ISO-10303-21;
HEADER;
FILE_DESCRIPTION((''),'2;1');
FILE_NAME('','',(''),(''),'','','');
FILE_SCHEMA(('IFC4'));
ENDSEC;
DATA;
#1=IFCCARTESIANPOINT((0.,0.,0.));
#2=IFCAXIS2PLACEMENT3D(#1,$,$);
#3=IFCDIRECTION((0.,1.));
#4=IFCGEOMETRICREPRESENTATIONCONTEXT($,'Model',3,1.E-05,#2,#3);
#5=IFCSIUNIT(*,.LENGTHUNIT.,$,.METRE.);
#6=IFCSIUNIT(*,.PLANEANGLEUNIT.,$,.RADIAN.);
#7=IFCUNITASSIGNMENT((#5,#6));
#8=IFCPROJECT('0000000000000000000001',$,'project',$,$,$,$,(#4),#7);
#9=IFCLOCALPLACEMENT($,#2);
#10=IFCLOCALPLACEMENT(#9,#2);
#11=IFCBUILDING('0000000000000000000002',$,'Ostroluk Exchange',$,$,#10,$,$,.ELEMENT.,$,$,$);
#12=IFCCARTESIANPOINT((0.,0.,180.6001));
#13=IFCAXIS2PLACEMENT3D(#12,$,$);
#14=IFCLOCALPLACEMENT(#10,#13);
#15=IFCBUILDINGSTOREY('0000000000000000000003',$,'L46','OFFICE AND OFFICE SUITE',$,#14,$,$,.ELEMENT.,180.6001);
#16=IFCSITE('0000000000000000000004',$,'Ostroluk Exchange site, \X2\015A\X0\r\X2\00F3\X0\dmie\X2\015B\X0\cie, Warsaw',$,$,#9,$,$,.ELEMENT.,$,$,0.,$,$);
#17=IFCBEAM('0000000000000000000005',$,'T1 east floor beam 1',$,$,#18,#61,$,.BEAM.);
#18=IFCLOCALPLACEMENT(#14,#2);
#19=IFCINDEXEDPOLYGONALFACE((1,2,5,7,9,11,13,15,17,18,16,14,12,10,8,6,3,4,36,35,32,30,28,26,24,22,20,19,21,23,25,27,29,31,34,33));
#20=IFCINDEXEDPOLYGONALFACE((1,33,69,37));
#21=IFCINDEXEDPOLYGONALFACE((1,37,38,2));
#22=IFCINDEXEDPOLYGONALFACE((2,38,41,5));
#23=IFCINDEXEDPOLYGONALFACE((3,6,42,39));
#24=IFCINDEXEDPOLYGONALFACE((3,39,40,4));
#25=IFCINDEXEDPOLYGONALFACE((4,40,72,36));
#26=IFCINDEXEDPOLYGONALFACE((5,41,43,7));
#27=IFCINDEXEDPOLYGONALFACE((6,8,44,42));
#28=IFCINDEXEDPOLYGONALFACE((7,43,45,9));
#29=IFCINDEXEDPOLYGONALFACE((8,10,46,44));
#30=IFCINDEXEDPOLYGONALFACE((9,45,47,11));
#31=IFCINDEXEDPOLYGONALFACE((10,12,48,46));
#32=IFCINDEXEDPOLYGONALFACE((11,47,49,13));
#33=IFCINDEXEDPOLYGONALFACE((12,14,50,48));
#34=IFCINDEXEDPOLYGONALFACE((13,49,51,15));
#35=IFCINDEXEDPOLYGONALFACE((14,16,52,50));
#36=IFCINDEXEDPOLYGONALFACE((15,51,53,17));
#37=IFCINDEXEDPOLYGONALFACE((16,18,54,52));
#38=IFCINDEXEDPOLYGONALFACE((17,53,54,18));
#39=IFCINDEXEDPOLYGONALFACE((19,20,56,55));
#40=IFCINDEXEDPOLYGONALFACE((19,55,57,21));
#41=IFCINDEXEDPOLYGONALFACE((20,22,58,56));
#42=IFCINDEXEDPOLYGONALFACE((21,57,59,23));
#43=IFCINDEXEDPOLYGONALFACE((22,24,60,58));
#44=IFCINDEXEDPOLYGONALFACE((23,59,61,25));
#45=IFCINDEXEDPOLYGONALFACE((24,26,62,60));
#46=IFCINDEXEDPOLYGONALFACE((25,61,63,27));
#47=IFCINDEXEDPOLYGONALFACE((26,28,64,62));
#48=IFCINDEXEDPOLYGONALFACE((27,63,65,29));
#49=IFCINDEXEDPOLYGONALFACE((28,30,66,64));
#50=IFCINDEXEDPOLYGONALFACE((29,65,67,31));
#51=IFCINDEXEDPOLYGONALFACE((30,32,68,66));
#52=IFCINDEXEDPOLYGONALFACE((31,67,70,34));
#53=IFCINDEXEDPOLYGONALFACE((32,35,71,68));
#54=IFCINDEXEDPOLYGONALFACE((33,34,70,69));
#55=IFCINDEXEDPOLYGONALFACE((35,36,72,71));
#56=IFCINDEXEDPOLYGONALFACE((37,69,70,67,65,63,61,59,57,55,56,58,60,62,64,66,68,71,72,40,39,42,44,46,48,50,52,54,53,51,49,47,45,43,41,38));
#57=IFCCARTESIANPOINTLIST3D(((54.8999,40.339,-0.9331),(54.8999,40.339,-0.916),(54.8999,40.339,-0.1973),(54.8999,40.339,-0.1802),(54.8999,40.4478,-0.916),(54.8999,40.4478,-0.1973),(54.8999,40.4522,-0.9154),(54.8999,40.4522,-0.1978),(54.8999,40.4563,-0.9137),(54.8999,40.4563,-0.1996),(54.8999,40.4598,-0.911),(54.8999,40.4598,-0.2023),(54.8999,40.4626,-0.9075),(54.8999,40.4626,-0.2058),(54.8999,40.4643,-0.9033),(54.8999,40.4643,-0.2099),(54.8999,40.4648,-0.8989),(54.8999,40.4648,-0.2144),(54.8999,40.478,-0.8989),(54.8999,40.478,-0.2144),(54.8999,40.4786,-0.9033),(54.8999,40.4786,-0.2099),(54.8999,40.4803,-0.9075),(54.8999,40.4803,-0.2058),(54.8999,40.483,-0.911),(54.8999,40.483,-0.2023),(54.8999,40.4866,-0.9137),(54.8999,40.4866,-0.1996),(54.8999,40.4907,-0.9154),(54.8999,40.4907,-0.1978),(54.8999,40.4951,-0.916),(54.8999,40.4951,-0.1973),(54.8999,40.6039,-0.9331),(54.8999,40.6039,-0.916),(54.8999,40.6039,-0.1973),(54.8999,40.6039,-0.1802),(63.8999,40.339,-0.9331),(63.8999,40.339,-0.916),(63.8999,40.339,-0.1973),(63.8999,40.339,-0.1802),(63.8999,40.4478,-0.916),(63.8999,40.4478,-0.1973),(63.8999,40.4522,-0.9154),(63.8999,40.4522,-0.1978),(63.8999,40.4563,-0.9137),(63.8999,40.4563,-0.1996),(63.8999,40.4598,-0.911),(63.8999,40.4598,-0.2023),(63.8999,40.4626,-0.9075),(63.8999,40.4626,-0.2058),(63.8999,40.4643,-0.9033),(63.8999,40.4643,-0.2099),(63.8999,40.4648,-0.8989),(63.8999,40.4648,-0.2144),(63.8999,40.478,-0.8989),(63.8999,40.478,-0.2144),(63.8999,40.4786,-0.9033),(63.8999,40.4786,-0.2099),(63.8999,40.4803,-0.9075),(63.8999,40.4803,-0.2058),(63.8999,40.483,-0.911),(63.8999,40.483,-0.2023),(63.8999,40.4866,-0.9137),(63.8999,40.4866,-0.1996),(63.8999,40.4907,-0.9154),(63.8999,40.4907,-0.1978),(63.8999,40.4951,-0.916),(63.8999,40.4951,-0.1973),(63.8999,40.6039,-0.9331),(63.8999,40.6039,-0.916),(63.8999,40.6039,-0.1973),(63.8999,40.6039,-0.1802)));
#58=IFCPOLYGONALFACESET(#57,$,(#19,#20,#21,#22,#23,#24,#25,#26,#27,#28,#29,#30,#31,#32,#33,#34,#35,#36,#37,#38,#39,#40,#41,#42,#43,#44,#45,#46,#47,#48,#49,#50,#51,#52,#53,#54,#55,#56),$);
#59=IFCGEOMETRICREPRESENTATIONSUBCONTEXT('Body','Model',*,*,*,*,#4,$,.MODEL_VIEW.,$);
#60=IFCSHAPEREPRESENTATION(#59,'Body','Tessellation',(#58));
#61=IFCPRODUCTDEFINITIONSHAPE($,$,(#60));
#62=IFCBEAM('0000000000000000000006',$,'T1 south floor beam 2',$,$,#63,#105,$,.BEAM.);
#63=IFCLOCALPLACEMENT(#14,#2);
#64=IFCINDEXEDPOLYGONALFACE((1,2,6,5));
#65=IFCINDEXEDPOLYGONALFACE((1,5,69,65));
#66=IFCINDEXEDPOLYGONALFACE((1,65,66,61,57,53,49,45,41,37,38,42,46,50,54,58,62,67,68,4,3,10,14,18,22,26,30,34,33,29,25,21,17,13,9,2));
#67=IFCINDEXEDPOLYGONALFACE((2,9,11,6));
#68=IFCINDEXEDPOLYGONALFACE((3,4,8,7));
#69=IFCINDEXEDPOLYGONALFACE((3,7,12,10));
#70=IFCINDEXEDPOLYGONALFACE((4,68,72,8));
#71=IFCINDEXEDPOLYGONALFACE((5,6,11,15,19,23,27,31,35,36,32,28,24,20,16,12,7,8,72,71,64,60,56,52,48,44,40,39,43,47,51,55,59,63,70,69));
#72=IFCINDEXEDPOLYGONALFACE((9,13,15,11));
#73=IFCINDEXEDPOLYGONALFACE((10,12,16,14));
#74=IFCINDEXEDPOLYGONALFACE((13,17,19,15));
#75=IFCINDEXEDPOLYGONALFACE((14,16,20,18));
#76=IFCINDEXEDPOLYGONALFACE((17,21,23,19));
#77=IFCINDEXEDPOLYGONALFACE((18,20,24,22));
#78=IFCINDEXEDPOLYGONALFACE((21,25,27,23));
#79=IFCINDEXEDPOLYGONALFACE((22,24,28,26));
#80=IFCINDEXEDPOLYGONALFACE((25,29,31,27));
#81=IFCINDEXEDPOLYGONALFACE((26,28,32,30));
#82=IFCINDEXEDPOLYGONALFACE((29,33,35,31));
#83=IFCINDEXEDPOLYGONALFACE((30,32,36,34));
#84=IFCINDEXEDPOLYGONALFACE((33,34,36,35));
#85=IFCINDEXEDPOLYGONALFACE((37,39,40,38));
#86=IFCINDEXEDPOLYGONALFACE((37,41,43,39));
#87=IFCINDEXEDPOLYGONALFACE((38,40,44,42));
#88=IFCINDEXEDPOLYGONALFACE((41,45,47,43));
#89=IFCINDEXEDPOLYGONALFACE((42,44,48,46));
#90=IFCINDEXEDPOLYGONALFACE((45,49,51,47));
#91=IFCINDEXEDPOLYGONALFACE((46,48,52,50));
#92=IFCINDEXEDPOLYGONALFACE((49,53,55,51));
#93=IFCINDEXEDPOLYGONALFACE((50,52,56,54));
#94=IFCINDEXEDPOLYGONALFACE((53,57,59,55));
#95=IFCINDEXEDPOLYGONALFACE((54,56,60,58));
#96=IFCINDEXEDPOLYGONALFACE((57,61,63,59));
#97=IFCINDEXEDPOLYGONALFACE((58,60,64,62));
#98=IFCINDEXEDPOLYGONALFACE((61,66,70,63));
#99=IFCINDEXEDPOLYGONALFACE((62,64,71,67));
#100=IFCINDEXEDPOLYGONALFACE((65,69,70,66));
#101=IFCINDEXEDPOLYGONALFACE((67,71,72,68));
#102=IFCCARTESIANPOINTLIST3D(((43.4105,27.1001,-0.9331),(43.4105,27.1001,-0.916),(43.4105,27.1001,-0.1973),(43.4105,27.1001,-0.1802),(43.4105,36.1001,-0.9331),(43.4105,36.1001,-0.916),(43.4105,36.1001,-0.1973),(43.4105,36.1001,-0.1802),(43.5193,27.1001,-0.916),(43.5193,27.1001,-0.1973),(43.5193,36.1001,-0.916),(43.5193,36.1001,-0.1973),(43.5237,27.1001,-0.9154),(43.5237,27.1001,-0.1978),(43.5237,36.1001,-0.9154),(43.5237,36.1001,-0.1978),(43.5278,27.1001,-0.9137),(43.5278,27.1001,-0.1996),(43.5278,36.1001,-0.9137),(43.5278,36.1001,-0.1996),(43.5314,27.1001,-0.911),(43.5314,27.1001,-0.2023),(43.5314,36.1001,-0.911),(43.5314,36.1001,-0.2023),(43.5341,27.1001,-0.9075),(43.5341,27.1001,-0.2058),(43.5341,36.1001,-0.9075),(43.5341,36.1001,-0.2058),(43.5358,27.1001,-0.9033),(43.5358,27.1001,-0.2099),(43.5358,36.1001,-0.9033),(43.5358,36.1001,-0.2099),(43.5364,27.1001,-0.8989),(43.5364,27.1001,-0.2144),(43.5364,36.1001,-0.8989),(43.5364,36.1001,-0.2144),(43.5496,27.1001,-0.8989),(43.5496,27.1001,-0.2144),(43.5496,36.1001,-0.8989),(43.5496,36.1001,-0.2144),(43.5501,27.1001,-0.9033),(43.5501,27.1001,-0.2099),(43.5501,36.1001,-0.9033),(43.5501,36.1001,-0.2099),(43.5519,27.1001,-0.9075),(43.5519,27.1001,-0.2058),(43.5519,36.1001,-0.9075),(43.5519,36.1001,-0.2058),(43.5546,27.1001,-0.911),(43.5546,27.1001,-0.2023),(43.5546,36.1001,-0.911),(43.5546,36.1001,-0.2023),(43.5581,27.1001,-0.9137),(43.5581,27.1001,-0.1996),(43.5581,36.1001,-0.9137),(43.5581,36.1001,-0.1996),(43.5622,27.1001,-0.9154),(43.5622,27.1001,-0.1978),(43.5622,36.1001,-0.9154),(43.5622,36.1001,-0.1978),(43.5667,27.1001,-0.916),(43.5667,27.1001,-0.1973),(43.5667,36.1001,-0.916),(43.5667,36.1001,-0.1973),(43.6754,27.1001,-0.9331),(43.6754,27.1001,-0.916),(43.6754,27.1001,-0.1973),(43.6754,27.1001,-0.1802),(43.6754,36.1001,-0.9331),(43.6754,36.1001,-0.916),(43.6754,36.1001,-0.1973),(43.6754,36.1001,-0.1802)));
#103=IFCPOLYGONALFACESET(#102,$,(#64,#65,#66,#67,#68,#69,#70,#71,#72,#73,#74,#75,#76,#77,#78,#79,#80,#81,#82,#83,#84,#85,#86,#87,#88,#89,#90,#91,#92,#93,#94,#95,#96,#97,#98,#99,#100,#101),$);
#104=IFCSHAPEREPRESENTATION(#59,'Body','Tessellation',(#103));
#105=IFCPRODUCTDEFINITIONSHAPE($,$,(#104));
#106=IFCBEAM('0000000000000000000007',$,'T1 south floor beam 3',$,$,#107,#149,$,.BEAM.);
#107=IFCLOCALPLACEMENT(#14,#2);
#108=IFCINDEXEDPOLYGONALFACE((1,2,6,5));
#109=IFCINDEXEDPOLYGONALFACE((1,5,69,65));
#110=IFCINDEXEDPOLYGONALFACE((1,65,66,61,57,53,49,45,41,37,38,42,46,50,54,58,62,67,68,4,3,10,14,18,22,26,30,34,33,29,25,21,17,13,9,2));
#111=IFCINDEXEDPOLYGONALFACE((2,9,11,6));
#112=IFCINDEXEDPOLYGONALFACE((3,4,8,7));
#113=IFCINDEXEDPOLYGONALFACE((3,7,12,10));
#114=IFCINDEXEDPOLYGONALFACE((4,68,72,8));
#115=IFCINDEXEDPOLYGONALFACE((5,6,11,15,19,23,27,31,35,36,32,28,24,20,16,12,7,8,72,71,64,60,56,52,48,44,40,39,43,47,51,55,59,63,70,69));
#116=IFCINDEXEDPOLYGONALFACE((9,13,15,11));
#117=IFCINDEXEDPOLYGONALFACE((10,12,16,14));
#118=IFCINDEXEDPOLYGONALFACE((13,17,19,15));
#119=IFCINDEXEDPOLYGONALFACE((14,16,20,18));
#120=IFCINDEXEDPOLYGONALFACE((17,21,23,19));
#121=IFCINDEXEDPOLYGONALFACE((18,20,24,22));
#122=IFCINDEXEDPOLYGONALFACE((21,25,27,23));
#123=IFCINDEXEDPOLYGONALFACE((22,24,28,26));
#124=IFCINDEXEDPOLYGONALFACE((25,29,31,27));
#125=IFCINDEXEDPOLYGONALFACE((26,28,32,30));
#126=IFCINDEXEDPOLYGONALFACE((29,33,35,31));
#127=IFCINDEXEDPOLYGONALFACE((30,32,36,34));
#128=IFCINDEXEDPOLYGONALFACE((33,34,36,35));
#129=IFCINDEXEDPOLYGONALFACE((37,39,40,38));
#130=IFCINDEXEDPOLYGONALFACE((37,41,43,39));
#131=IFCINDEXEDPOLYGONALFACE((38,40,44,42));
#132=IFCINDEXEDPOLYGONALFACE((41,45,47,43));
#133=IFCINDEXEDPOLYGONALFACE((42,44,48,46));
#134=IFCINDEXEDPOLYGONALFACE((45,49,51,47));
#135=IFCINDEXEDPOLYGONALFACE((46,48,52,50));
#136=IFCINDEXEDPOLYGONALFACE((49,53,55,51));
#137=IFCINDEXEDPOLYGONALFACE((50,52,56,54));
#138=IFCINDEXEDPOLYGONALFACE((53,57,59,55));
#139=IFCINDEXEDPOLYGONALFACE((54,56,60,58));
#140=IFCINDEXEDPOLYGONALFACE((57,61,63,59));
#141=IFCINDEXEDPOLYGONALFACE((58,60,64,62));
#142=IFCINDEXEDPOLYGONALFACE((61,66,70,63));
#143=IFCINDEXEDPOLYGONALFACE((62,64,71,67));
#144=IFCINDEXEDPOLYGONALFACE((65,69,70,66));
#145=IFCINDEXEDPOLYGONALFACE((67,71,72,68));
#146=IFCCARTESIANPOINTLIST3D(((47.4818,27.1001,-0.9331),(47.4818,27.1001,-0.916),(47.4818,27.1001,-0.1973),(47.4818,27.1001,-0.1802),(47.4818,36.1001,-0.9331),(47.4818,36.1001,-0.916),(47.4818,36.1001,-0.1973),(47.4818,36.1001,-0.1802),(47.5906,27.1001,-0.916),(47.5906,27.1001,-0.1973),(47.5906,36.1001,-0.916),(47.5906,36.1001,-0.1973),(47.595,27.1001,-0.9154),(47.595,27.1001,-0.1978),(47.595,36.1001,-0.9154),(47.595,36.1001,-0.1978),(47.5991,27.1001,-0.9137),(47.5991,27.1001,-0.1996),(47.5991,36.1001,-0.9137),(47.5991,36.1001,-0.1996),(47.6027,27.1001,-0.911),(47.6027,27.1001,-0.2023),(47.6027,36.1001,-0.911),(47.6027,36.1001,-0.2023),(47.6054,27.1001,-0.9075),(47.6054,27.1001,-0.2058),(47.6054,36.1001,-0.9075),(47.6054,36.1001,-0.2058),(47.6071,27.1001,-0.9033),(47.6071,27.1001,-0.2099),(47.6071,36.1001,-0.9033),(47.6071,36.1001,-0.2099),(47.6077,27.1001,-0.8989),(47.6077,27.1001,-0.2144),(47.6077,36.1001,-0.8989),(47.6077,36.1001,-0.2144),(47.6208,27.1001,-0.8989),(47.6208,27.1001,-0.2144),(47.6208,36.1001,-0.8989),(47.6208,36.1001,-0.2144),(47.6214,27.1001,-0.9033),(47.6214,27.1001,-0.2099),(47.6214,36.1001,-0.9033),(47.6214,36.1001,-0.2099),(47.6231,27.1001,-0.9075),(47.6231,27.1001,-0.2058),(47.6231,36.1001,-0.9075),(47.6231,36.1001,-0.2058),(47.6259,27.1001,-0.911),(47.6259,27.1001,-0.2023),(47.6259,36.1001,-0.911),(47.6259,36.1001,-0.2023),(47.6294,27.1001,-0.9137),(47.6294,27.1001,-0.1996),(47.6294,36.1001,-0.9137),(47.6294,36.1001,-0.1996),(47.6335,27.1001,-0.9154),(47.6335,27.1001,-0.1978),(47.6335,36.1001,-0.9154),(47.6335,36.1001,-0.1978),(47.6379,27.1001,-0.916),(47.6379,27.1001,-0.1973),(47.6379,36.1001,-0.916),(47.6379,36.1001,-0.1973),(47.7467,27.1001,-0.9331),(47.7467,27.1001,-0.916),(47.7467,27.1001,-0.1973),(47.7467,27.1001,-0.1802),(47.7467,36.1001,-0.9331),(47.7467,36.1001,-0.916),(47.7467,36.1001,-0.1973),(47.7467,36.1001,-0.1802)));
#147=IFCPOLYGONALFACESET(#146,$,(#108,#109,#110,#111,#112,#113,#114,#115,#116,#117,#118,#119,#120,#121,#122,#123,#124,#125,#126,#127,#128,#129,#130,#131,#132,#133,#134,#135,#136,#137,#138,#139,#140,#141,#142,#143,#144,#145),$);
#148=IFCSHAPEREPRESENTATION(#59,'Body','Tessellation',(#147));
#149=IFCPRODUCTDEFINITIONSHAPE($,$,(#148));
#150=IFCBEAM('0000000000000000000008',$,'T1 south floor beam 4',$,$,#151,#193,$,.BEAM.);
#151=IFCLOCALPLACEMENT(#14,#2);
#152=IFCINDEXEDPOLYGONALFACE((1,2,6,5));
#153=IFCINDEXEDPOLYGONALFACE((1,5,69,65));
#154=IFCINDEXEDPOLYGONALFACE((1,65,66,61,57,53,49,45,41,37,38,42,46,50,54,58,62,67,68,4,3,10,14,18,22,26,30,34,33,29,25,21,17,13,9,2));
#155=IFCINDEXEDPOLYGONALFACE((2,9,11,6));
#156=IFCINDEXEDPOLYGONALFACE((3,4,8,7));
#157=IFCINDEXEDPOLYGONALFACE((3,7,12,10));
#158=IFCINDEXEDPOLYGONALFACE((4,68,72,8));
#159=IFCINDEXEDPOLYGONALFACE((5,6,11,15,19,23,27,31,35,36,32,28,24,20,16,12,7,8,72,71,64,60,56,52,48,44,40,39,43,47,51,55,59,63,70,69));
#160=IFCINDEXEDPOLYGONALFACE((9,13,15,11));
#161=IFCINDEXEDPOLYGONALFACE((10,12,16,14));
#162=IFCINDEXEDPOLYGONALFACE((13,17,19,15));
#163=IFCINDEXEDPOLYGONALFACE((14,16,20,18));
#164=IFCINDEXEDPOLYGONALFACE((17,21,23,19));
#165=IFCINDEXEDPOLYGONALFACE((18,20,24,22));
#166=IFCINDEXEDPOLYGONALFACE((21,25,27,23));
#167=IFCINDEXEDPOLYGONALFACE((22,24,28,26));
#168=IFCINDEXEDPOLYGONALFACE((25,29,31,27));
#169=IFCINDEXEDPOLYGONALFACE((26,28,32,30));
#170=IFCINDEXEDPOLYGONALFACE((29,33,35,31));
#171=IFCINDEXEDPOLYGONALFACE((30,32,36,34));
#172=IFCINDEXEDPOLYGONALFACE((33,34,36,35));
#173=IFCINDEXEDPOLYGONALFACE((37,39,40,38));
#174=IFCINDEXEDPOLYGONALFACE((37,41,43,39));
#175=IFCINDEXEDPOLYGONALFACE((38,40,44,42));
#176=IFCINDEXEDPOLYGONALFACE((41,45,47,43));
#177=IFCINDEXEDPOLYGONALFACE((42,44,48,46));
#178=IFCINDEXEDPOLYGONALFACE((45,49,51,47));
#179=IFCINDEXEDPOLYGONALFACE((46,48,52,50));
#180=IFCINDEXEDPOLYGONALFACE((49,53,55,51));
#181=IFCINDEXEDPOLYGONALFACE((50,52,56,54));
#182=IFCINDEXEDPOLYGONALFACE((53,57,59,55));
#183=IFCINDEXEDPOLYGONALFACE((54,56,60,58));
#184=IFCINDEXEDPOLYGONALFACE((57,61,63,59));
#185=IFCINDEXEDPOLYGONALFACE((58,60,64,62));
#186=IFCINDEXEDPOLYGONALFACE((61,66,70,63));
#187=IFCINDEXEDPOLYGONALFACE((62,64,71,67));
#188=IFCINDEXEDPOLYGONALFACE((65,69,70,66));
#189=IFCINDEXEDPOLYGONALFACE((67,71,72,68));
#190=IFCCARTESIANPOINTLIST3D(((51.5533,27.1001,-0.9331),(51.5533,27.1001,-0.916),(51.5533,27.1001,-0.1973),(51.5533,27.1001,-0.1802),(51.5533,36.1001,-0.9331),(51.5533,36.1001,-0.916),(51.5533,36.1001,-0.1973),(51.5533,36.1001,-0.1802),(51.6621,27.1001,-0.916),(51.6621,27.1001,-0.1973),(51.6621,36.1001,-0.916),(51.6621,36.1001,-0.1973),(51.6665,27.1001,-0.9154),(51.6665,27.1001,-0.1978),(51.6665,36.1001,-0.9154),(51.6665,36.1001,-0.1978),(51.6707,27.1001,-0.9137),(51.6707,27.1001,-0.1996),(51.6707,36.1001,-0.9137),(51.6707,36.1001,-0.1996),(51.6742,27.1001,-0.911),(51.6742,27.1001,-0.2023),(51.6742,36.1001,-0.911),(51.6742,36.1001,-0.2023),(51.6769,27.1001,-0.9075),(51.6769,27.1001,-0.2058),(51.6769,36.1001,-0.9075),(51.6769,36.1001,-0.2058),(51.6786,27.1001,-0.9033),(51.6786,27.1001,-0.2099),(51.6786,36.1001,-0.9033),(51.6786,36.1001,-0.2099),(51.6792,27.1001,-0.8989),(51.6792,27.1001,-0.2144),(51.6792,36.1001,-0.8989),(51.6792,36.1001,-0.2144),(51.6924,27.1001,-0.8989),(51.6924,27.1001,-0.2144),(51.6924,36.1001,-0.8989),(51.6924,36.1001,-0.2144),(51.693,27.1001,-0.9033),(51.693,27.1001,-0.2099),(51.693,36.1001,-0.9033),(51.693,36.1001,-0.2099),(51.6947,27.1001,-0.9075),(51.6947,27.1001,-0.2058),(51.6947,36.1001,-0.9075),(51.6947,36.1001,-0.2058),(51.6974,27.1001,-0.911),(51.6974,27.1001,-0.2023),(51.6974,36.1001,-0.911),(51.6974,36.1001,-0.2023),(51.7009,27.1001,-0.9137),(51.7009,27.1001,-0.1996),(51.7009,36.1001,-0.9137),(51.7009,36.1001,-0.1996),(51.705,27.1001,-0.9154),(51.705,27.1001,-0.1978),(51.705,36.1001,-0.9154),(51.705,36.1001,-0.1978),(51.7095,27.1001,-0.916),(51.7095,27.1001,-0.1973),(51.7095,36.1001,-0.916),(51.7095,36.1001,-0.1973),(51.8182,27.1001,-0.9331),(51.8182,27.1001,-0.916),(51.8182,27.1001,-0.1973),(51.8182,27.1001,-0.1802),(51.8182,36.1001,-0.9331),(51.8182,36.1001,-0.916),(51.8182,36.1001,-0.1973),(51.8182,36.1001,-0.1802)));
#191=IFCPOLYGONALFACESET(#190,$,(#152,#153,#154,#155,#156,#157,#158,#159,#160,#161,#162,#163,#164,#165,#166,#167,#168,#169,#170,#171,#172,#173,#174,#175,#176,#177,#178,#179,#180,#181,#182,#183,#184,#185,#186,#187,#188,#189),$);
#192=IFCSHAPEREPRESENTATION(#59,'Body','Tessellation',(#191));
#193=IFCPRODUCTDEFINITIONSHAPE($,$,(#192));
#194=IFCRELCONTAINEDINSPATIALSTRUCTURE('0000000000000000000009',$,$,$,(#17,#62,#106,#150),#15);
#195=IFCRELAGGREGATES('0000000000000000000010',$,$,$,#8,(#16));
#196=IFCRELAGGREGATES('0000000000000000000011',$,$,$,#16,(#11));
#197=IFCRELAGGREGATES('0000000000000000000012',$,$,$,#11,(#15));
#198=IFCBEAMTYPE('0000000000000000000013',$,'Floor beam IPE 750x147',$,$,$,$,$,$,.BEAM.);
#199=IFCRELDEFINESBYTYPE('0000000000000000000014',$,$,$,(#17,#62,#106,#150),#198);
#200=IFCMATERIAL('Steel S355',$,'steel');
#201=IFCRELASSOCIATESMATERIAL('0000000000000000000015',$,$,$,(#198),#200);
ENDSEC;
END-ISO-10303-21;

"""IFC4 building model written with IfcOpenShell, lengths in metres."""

from ifc_helpers import new_model, si_unit, direction, frame, origin, origin_2d, place, context, subcontext, project, spatial, i_section, extrude, material, material_profile, profile_set, type_object, element, save


model = new_model("IFC4")

# Units and contexts
model_context = context("Model", 3, precision=1e-05, world=origin(), true_north=direction((0.0, 1.0)))
body_context = subcontext(model_context, "Body", "Model", "MODEL_VIEW")
ifc_project = project(units=[si_unit("LENGTHUNIT", "METRE"), si_unit("PLANEANGLEUNIT", "RADIAN")], contexts=[model_context])

# Site, building, storey
site_placement = place(None, origin())
site = spatial("IfcSite", under=ifc_project, at=site_placement, Name="Ostroluk Exchange site, Śródmieście, Warsaw", CompositionType="ELEMENT", RefElevation=0.0)
building_placement = place(site_placement, origin())
building = spatial("IfcBuilding", under=site, at=building_placement, Name="Ostroluk Exchange", CompositionType="ELEMENT")
storey_placement = place(building_placement, frame((0.0, 0.0, 180.6001)))
storey = spatial("IfcBuildingStorey", under=building, at=storey_placement, Name="L46", Description="OFFICE AND OFFICE SUITE", CompositionType="ELEMENT", Elevation=180.6001)

# Beams
ifc_material_1 = material(Name="Steel S355", Category="steel")
ifc_material_profile_1 = material_profile(ifc_material_1, i_section(OverallWidth=0.2649, OverallDepth=0.7529, WebThickness=0.0132, FlangeThickness=0.0171, FilletRadius=0.0171, at=origin_2d()), Name="IPE 750x147")
ifc_profile_set_1 = profile_set([ifc_material_profile_1], Name="Steel S355")
beam_type_1 = type_object("IfcBeamType", Name="Floor beam IPE 750x147", PredefinedType="BEAM", material=ifc_profile_set_1)
for number, where, z_axis, x_axis, name in (
    (1, (54.8999, 40.4714, -0.5566), (1.0, 0.0, 0.0), (0.0, 1.0, 0.0), "T1 east floor beam 1"),
    (2, (43.543, 36.1001, -0.5566), (0.0, -1.0, 0.0), (1.0, 0.0, 0.0), "T1 south floor beam 2"),
    (3, (47.6143, 36.1001, -0.5566), (0.0, -1.0, 0.0), (1.0, 0.0, 0.0), "T1 south floor beam 3"),
    (4, (51.6858, 36.1001, -0.5566), (0.0, -1.0, 0.0), (1.0, 0.0, 0.0), "T1 south floor beam 4"),
):
    element("IfcBeam", number, at=place(storey_placement, frame(where, z_axis=z_axis, x_axis=x_axis)), inside=storey, type_object=beam_type_1, Name=name, PredefinedType="BEAM", context=body_context, shape_type="SweptSolid", body=[
        extrude(i_section(OverallWidth=0.2649, OverallDepth=0.7529, WebThickness=0.0132, FlangeThickness=0.0171, FilletRadius=0.0171, at=origin_2d()), origin(), (0.0, 0.0, 1.0), 9.0),
    ])

save(model, "model.ifc")
